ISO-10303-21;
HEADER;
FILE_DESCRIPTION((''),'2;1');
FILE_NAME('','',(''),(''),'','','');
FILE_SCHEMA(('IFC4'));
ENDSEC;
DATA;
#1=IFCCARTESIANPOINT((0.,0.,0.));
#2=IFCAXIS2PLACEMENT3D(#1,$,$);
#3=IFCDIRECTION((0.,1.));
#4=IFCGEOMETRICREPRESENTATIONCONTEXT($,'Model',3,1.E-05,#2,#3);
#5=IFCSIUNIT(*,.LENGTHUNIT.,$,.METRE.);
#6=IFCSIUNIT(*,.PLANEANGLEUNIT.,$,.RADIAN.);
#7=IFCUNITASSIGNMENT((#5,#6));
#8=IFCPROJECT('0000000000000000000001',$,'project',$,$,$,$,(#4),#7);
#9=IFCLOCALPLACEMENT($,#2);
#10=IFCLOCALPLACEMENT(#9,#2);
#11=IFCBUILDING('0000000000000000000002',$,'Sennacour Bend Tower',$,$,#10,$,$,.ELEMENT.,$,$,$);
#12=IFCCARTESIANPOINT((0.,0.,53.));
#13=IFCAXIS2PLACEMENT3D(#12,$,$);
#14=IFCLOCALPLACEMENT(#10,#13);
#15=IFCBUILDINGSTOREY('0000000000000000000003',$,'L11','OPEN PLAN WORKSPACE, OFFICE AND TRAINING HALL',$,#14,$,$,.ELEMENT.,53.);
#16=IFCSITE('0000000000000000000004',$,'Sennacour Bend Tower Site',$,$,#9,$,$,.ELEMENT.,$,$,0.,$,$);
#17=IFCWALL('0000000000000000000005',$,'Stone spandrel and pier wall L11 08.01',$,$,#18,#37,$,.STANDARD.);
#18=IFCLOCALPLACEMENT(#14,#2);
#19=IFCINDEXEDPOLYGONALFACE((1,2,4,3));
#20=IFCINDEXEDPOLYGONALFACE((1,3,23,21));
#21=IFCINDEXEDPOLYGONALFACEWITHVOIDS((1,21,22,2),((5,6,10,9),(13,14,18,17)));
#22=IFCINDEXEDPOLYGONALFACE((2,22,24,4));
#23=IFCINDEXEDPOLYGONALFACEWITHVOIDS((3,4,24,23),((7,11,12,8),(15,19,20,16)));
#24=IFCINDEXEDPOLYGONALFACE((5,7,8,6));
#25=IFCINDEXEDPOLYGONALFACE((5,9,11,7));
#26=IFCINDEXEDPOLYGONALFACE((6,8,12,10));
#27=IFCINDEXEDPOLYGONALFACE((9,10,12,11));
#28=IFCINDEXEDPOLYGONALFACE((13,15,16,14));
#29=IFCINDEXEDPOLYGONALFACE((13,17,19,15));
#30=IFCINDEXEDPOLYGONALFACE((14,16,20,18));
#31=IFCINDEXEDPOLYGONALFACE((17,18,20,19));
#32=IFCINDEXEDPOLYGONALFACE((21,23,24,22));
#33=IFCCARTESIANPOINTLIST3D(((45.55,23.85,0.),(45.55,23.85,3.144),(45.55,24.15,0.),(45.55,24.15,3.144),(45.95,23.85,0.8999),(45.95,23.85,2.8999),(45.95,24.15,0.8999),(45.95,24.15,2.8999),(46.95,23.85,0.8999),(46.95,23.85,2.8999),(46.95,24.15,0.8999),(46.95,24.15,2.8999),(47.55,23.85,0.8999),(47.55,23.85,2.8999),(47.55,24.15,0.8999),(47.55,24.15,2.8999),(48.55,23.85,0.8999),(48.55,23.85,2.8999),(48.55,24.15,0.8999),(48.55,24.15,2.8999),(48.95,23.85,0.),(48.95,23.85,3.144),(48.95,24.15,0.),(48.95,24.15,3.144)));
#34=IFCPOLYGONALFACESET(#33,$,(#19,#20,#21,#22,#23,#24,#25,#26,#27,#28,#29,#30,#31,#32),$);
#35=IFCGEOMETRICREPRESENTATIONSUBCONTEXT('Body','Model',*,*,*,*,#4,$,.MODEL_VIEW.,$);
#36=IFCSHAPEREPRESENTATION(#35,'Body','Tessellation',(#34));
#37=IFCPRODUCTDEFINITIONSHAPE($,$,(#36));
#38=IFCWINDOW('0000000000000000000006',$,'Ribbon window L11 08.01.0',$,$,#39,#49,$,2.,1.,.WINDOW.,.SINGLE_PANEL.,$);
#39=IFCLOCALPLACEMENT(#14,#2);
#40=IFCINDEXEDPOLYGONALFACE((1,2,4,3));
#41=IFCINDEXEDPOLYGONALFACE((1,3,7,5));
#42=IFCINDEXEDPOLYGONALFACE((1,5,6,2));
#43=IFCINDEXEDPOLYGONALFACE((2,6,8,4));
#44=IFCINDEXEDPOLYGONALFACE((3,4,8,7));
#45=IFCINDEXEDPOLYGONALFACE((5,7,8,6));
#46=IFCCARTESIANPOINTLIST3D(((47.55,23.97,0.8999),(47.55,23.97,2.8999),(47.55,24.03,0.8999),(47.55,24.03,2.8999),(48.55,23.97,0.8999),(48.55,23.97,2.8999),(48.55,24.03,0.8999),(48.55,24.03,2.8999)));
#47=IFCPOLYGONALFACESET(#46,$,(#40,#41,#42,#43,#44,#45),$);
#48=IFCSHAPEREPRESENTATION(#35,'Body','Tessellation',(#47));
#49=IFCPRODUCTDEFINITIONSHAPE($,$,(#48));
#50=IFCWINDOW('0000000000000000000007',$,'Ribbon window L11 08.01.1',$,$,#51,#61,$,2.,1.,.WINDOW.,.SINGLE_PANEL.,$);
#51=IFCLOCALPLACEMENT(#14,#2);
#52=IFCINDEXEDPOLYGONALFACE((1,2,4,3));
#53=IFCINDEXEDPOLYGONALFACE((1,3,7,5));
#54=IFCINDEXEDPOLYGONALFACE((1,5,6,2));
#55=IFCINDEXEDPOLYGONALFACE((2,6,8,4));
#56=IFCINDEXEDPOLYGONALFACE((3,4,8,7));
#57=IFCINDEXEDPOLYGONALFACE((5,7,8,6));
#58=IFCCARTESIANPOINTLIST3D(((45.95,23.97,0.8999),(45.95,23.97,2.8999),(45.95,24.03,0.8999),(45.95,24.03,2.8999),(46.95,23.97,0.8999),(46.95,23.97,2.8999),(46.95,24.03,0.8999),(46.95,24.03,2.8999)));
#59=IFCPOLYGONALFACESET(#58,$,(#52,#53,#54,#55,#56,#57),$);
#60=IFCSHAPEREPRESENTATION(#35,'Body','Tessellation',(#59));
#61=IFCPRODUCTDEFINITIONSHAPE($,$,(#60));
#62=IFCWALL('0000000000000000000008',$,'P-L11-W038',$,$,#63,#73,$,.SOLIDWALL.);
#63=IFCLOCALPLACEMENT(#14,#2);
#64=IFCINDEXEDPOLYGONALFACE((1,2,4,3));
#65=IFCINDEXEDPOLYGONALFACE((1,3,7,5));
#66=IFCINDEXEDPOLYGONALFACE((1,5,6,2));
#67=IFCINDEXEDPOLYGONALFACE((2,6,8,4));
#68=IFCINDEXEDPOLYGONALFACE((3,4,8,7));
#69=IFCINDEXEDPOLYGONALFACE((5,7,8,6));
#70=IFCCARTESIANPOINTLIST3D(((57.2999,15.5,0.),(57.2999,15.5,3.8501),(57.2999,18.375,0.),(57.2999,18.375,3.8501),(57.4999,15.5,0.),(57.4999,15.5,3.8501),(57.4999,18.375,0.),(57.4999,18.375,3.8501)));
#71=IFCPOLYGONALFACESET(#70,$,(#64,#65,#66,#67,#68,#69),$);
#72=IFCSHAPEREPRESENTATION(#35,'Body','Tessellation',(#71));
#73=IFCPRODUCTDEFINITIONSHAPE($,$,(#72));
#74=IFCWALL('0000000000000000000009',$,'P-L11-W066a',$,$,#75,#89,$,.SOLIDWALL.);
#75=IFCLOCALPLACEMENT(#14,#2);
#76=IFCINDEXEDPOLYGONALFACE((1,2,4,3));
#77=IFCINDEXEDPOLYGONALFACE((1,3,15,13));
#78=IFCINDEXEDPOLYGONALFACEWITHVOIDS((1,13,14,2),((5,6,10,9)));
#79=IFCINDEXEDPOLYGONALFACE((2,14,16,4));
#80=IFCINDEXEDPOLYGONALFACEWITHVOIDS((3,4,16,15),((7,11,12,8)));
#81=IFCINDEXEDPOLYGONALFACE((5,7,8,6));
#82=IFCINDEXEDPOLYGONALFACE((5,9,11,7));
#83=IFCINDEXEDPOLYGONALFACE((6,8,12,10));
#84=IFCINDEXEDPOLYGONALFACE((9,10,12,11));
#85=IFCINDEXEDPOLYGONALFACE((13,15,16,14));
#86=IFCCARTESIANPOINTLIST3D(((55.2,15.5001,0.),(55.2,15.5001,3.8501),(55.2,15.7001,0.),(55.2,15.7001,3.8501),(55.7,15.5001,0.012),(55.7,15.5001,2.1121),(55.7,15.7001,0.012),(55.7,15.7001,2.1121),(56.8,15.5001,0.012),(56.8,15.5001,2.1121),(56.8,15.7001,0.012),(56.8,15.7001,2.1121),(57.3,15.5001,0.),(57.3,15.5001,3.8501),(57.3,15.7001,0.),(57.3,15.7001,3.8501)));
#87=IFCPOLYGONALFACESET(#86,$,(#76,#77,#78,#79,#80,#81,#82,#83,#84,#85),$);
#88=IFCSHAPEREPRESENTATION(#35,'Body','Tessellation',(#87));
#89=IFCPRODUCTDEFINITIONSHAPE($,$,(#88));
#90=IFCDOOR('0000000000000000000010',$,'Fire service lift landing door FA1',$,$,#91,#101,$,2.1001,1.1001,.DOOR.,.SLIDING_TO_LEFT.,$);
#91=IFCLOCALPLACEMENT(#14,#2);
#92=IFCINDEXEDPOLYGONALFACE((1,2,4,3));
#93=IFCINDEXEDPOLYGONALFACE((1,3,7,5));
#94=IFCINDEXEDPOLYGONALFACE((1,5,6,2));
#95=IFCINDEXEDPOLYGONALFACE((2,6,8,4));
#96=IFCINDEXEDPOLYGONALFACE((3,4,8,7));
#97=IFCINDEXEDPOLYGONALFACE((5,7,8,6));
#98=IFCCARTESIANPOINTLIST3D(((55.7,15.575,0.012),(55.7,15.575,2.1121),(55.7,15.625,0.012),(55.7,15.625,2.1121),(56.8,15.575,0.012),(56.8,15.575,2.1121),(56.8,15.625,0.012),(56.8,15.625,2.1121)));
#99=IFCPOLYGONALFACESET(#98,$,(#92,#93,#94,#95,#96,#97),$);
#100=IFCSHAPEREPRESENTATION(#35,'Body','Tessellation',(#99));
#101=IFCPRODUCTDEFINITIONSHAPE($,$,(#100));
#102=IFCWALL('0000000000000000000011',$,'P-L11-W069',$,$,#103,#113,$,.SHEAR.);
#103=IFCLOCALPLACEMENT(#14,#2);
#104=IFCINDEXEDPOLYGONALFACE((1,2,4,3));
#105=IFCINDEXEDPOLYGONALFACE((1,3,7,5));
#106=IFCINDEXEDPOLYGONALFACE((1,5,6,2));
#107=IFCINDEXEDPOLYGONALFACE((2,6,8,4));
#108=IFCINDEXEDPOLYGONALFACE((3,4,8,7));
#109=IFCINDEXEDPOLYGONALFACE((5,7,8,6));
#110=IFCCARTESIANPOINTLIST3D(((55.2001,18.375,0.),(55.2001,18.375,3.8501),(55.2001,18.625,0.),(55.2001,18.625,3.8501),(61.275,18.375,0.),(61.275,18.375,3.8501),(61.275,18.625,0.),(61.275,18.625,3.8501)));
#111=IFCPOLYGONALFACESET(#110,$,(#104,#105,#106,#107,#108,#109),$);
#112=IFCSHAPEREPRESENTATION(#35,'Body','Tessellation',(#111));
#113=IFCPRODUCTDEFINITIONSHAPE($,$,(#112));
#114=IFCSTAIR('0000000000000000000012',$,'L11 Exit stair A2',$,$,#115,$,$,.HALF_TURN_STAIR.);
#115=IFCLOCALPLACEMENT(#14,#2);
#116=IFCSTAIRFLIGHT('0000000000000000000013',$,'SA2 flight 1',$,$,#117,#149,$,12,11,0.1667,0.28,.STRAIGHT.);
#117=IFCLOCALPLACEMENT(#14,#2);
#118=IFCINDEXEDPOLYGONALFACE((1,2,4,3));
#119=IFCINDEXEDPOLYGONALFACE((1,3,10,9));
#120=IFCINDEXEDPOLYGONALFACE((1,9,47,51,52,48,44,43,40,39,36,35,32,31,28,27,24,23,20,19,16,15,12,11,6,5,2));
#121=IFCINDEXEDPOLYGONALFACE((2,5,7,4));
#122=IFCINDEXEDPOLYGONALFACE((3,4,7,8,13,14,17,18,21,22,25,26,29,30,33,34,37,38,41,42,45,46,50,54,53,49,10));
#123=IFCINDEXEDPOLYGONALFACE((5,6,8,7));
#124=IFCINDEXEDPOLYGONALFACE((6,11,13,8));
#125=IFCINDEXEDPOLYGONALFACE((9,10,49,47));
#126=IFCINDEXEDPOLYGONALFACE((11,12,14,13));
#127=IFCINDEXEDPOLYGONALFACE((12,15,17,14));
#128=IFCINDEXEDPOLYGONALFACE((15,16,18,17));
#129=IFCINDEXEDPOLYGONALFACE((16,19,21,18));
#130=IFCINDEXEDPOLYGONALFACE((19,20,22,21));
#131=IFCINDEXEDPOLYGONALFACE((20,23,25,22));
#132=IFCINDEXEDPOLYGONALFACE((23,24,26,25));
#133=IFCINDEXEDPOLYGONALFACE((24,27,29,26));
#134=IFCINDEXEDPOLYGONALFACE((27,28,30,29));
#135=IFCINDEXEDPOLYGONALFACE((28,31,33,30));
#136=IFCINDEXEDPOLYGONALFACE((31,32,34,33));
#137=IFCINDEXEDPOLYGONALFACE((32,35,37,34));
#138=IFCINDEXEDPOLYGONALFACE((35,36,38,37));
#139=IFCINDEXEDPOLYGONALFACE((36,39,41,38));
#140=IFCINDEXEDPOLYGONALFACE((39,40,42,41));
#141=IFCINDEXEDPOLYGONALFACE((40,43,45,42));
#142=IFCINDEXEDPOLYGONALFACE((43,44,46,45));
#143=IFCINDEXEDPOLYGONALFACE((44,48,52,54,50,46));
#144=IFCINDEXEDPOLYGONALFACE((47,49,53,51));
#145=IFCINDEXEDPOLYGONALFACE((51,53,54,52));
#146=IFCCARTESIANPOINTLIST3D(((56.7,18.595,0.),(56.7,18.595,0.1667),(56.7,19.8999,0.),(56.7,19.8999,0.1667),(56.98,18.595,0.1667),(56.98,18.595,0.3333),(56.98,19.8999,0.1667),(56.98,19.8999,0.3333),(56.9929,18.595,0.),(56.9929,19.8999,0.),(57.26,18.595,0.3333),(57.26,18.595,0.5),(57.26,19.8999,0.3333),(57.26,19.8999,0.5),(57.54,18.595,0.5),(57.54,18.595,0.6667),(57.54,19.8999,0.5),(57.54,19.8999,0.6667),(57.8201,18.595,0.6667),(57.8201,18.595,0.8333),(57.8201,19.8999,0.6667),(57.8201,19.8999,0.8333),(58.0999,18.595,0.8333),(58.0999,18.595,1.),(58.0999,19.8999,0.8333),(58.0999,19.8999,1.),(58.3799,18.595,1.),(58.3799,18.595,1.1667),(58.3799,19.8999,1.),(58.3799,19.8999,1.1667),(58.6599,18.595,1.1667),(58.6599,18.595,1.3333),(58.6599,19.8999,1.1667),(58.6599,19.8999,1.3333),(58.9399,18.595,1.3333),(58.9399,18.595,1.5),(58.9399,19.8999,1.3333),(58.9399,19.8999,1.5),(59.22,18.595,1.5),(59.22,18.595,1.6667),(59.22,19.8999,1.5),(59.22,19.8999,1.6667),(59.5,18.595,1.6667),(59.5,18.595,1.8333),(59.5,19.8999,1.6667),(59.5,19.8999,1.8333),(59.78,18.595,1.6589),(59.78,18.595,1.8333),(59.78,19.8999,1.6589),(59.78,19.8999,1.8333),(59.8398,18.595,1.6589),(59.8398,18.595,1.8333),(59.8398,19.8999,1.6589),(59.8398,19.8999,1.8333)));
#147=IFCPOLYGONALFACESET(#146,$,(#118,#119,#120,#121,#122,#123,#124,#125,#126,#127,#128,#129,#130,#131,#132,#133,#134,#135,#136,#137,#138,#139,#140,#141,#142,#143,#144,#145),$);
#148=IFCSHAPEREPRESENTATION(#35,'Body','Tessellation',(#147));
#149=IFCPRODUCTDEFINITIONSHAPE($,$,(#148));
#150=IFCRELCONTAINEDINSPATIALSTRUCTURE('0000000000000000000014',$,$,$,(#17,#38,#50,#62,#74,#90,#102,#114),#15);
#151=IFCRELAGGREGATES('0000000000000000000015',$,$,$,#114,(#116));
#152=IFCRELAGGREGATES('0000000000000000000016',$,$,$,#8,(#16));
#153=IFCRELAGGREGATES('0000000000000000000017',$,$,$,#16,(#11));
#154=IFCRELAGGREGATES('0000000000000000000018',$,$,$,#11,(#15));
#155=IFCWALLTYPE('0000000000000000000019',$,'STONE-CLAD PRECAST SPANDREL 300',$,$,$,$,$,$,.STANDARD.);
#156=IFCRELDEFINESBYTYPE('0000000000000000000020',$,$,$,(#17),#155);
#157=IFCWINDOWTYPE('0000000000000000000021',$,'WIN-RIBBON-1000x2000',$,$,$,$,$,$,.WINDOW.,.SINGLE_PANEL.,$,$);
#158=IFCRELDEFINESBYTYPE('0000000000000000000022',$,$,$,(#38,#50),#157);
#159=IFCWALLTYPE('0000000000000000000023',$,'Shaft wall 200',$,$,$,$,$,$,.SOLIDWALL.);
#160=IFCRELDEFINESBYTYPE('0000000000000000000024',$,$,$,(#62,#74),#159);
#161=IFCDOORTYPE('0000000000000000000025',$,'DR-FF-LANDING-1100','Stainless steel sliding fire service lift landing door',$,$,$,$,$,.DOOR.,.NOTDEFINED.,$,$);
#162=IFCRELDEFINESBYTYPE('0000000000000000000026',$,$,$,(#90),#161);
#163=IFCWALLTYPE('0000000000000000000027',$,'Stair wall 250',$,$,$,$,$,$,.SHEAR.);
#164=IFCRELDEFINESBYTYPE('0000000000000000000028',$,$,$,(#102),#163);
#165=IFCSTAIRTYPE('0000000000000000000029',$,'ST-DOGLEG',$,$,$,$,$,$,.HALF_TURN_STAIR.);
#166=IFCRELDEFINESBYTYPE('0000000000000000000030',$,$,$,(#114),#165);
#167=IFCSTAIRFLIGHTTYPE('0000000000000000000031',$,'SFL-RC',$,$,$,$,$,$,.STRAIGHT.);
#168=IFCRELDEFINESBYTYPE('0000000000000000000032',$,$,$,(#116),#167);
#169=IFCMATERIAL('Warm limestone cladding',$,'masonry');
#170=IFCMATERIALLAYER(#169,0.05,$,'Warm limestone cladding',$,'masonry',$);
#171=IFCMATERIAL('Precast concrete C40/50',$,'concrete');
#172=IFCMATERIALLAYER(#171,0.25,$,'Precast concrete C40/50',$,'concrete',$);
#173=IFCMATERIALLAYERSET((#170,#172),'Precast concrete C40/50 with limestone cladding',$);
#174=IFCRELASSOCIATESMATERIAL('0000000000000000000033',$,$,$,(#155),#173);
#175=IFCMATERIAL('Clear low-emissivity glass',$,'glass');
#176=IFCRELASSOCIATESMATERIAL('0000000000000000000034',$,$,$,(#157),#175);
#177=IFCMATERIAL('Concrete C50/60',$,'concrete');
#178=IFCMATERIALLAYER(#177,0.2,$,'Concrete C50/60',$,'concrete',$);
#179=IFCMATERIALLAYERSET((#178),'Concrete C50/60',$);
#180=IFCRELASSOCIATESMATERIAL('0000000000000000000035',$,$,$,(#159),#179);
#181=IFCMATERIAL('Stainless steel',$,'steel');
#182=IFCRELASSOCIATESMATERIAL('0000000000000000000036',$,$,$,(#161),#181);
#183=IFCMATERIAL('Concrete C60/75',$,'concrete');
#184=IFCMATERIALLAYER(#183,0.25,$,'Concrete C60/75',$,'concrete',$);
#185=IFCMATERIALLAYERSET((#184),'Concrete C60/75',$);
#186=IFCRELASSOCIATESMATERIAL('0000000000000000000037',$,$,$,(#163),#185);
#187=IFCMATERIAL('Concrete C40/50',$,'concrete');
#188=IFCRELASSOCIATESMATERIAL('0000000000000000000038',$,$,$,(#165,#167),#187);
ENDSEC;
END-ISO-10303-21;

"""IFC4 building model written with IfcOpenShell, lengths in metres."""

from ifc_helpers import new_model, si_unit, direction, frame, frame_2d, origin, place, context, subcontext, project, spatial, polyline, rectangle, outline, extrude, material, layer, layer_set, type_object, element, fill, aggregate, save


model = new_model("IFC4")

# Units and contexts
model_context = context("Model", 3, precision=1e-05, world=origin(), true_north=direction((0.0, 1.0)))
body_context = subcontext(model_context, "Body", "Model", "MODEL_VIEW")
ifc_project = project(units=[si_unit("LENGTHUNIT", "METRE"), si_unit("PLANEANGLEUNIT", "RADIAN")], contexts=[model_context])

# Site, building, storey
site_placement = place(None, origin())
site = spatial("IfcSite", under=ifc_project, at=site_placement, Name="Sennacour Bend Tower Site", CompositionType="ELEMENT", RefElevation=0.0)
building_placement = place(site_placement, origin())
building = spatial("IfcBuilding", under=site, at=building_placement, Name="Sennacour Bend Tower", CompositionType="ELEMENT")
storey_placement = place(building_placement, frame((0.0, 0.0, 53.0)))
storey = spatial("IfcBuildingStorey", under=building, at=storey_placement, Name="L11", Description="OPEN PLAN WORKSPACE, OFFICE AND TRAINING HALL", CompositionType="ELEMENT", Elevation=53.0)

# Shared definitions
ifc_material_1 = material(Name="Warm limestone cladding", Category="masonry")
ifc_layer_1 = layer(ifc_material_1, 0.05, Name="Warm limestone cladding", Category="masonry")
ifc_material_2 = material(Name="Precast concrete C40/50", Category="concrete")
ifc_layer_2 = layer(ifc_material_2, 0.25, Name="Precast concrete C40/50", Category="concrete")
ifc_layer_set_1 = layer_set([ifc_layer_1, ifc_layer_2], Name="Precast concrete C40/50 with limestone cladding")
wall_type_1 = type_object("IfcWallType", Name="STONE-CLAD PRECAST SPANDREL 300", PredefinedType="STANDARD", material=ifc_layer_set_1)

# Wall, openings, windows
ifc_material_3 = material(Name="Clear low-emissivity glass", Category="glass")
window_type = type_object("IfcWindowType", Name="WIN-RIBBON-1000x2000", PartitioningType="SINGLE_PANEL", PredefinedType="WINDOW", material=ifc_material_3)
wall_1_placement = place(storey_placement, frame((48.95, 24.0, 0.0), z_axis=(0.0, 0.0, 1.0), x_axis=(-1.0, 0.0, 0.0)))
wall_1 = element("IfcWall", 1, at=wall_1_placement, inside=storey, type_object=wall_type_1, Name="Stone spandrel and pier wall L11 08.01", PredefinedType="STANDARD", context=body_context, shape_type="SweptSolid", body=[
    extrude(rectangle(XDim=3.3999, YDim=0.3, at=frame_2d((1.7, 0.0))), origin(), (0.0, 0.0, 1.0), 3.144),
])
opening_1_placement = place(wall_1_placement, frame((0.3999, 0.0, 0.8999)))
opening_1 = element("IfcOpeningElement", 2, at=opening_1_placement, cuts=wall_1, PredefinedType="OPENING", context=body_context, shape_type="SweptSolid", body=[
    extrude(rectangle(XDim=1.0, YDim=2.0, at=frame_2d((0.5, 1.0))), frame((0.0, 0.1602, 0.0), z_axis=(0.0, -1.0, 0.0), x_axis=(1.0, 0.0, 0.0)), (0.0, 0.0, 1.0), 0.3201),
])
opening_2_placement = place(wall_1_placement, frame((2.0, 0.0, 0.8999)))
opening_2 = element("IfcOpeningElement", 3, at=opening_2_placement, cuts=wall_1, PredefinedType="OPENING", context=body_context, shape_type="SweptSolid", body=[
    extrude(rectangle(XDim=1.0, YDim=2.0, at=frame_2d((0.5, 1.0))), frame((0.0, 0.1602, 0.0), z_axis=(0.0, -1.0, 0.0), x_axis=(1.0, 0.0, 0.0)), (0.0, 0.0, 1.0), 0.3201),
])
window_1_placement = place(opening_1_placement, origin())
window_1 = element("IfcWindow", 4, at=window_1_placement, inside=storey, type_object=window_type, Name="Ribbon window L11 08.01.0", OverallHeight=2.0, OverallWidth=1.0, PartitioningType="SINGLE_PANEL", PredefinedType="WINDOW", context=body_context, shape_type="SweptSolid", body=[
    extrude(rectangle(XDim=1.0, YDim=2.0, at=frame_2d((0.5, 1.0))), frame((0.0, 0.03, 0.0), z_axis=(0.0, -1.0, 0.0), x_axis=(1.0, 0.0, 0.0)), (0.0, 0.0, 1.0), 0.0601),
])
fill(opening_1, window_1)
window_2_placement = place(opening_2_placement, origin())
window_2 = element("IfcWindow", 5, at=window_2_placement, inside=storey, type_object=window_type, Name="Ribbon window L11 08.01.1", OverallHeight=2.0, OverallWidth=1.0, PartitioningType="SINGLE_PANEL", PredefinedType="WINDOW", context=body_context, shape_type="SweptSolid", body=[
    extrude(rectangle(XDim=1.0, YDim=2.0, at=frame_2d((0.5, 1.0))), frame((0.0, 0.03, 0.0), z_axis=(0.0, -1.0, 0.0), x_axis=(1.0, 0.0, 0.0)), (0.0, 0.0, 1.0), 0.0601),
])
fill(opening_2, window_2)

# Wall
ifc_material_4 = material(Name="Concrete C50/60", Category="concrete")
ifc_layer_3 = layer(ifc_material_4, 0.2, Name="Concrete C50/60", Category="concrete")
ifc_layer_set_2 = layer_set([ifc_layer_3], Name="Concrete C50/60")
wall_type_2 = type_object("IfcWallType", Name="Shaft wall 200", PredefinedType="SOLIDWALL", material=ifc_layer_set_2)
wall_2_placement = place(storey_placement, frame((57.3999, 15.5, 0.0), z_axis=(0.0, 0.0, 1.0), x_axis=(0.0, 1.0, 0.0)))
element("IfcWall", 6, at=wall_2_placement, inside=storey, type_object=wall_type_2, Name="P-L11-W038", PredefinedType="SOLIDWALL", context=body_context, shape_type="SweptSolid", body=[
    extrude(rectangle(XDim=2.875, YDim=0.2, at=frame_2d((1.4375, 0.0))), origin(), (0.0, 0.0, 1.0), 3.8501),
])

# Wall, opening, door
wall_3_placement = place(storey_placement, frame((55.2, 15.6001, 0.0), z_axis=(0.0, 0.0, 1.0), x_axis=(1.0, 0.0, 0.0)))
wall_3 = element("IfcWall", 7, at=wall_3_placement, inside=storey, type_object=wall_type_2, Name="P-L11-W066a", PredefinedType="SOLIDWALL", context=body_context, shape_type="SweptSolid", body=[
    extrude(rectangle(XDim=2.1001, YDim=0.2, at=frame_2d((1.05, 0.0))), origin(), (0.0, 0.0, 1.0), 3.8501),
])
opening_3_placement = place(wall_3_placement, frame((0.5, 0.0, 0.012)))
opening_3 = element("IfcOpeningElement", 8, at=opening_3_placement, cuts=wall_3, PredefinedType="OPENING", context=body_context, shape_type="SweptSolid", body=[
    extrude(rectangle(XDim=1.1001, YDim=2.1001, at=frame_2d((0.55, 1.05))), frame((0.0, 0.1099, 0.0), z_axis=(0.0, -1.0, 0.0), x_axis=(1.0, 0.0, 0.0)), (0.0, 0.0, 1.0), 0.22),
])
ifc_material_5 = material(Name="Stainless steel", Category="steel")
door_type_1 = type_object("IfcDoorType", Name="DR-FF-LANDING-1100", Description="Stainless steel sliding fire service lift landing door", OperationType="NOTDEFINED", PredefinedType="DOOR", material=ifc_material_5)
door_1_placement = place(opening_3_placement, origin())
door_1 = element("IfcDoor", 9, at=door_1_placement, inside=storey, type_object=door_type_1, Name="Fire service lift landing door FA1", OperationType="SLIDING_TO_LEFT", OverallHeight=2.1001, OverallWidth=1.1001, PredefinedType="DOOR", context=body_context, shape_type="SweptSolid", body=[
    extrude(rectangle(XDim=1.1001, YDim=2.1001, at=frame_2d((0.55, 1.05))), frame((0.0, 0.0249, 0.0), z_axis=(0.0, -1.0, 0.0), x_axis=(1.0, 0.0, 0.0)), (0.0, 0.0, 1.0), 0.05),
])
fill(opening_3, door_1)

# Wall
ifc_material_6 = material(Name="Concrete C60/75", Category="concrete")
ifc_layer_4 = layer(ifc_material_6, 0.25, Name="Concrete C60/75", Category="concrete")
ifc_layer_set_3 = layer_set([ifc_layer_4], Name="Concrete C60/75")
wall_type_3 = type_object("IfcWallType", Name="Stair wall 250", PredefinedType="SHEAR", material=ifc_layer_set_3)
wall_4_placement = place(storey_placement, frame((55.2, 18.5, 0.0), z_axis=(0.0, 0.0, 1.0), x_axis=(1.0, 0.0, 0.0)))
element("IfcWall", 10, at=wall_4_placement, inside=storey, type_object=wall_type_3, Name="P-L11-W069", PredefinedType="SHEAR", context=body_context, shape_type="SweptSolid", body=[
    extrude(rectangle(XDim=6.075, YDim=0.25, at=frame_2d((3.0376, 0.0))), origin(), (0.0, 0.0, 1.0), 3.8501),
])

# Stair, stair flight
ifc_material_7 = material(Name="Concrete C40/50", Category="concrete")
stair_type = type_object("IfcStairType", Name="ST-DOGLEG", PredefinedType="HALF_TURN_STAIR", material=ifc_material_7)
stair_placement = place(storey_placement, origin())
stair = element("IfcStair", 11, at=stair_placement, inside=storey, type_object=stair_type, Name="L11 Exit stair A2", PredefinedType="HALF_TURN_STAIR")
stair_flight_type = type_object("IfcStairFlightType", Name="SFL-RC", PredefinedType="STRAIGHT", material=ifc_material_7)
stair_flight_placement = place(storey_placement, frame((56.7, 19.2476, 0.0), z_axis=(0.0, 0.0, 1.0), x_axis=(1.0, 0.0, 0.0)))
stair_flight = element("IfcStairFlight", 12, at=stair_flight_placement, type_object=stair_flight_type, Name="SA2 flight 1", NumberOfRisers=12, NumberOfTreads=11, PredefinedType="STRAIGHT", RiserHeight=0.1667, TreadLength=0.28, context=body_context, shape_type="SweptSolid", body=[
    extrude(outline(polyline([(0.0, 0.0), (0.0, 0.1667), (0.28, 0.1667), (0.28, 0.3333), (0.5601, 0.3333), (0.5601, 0.5), (0.8401, 0.5), (0.8401, 0.6667), (1.1201, 0.6667), (1.1201, 0.8333), (1.3999, 0.8333), (1.3999, 1.0), (1.6799, 1.0), (1.6799, 1.1667), (1.96, 1.1667), (1.96, 1.3333), (2.24, 1.3333), (2.24, 1.5), (2.52, 1.5), (2.52, 1.6667), (2.8, 1.6667), (2.8, 1.8333), (3.0801, 1.8333), (3.1399, 1.8333), (3.1399, 1.6589), (3.0801, 1.6589), (0.293, 0.0), (0.0, 0.0)])), frame((0.0, 0.6523, 0.0), z_axis=(0.0, -1.0, 0.0), x_axis=(1.0, 0.0, 0.0)), (0.0, 0.0, 1.0), 1.3049),
])
aggregate(stair, [stair_flight])

save(model, "model.ifc")
